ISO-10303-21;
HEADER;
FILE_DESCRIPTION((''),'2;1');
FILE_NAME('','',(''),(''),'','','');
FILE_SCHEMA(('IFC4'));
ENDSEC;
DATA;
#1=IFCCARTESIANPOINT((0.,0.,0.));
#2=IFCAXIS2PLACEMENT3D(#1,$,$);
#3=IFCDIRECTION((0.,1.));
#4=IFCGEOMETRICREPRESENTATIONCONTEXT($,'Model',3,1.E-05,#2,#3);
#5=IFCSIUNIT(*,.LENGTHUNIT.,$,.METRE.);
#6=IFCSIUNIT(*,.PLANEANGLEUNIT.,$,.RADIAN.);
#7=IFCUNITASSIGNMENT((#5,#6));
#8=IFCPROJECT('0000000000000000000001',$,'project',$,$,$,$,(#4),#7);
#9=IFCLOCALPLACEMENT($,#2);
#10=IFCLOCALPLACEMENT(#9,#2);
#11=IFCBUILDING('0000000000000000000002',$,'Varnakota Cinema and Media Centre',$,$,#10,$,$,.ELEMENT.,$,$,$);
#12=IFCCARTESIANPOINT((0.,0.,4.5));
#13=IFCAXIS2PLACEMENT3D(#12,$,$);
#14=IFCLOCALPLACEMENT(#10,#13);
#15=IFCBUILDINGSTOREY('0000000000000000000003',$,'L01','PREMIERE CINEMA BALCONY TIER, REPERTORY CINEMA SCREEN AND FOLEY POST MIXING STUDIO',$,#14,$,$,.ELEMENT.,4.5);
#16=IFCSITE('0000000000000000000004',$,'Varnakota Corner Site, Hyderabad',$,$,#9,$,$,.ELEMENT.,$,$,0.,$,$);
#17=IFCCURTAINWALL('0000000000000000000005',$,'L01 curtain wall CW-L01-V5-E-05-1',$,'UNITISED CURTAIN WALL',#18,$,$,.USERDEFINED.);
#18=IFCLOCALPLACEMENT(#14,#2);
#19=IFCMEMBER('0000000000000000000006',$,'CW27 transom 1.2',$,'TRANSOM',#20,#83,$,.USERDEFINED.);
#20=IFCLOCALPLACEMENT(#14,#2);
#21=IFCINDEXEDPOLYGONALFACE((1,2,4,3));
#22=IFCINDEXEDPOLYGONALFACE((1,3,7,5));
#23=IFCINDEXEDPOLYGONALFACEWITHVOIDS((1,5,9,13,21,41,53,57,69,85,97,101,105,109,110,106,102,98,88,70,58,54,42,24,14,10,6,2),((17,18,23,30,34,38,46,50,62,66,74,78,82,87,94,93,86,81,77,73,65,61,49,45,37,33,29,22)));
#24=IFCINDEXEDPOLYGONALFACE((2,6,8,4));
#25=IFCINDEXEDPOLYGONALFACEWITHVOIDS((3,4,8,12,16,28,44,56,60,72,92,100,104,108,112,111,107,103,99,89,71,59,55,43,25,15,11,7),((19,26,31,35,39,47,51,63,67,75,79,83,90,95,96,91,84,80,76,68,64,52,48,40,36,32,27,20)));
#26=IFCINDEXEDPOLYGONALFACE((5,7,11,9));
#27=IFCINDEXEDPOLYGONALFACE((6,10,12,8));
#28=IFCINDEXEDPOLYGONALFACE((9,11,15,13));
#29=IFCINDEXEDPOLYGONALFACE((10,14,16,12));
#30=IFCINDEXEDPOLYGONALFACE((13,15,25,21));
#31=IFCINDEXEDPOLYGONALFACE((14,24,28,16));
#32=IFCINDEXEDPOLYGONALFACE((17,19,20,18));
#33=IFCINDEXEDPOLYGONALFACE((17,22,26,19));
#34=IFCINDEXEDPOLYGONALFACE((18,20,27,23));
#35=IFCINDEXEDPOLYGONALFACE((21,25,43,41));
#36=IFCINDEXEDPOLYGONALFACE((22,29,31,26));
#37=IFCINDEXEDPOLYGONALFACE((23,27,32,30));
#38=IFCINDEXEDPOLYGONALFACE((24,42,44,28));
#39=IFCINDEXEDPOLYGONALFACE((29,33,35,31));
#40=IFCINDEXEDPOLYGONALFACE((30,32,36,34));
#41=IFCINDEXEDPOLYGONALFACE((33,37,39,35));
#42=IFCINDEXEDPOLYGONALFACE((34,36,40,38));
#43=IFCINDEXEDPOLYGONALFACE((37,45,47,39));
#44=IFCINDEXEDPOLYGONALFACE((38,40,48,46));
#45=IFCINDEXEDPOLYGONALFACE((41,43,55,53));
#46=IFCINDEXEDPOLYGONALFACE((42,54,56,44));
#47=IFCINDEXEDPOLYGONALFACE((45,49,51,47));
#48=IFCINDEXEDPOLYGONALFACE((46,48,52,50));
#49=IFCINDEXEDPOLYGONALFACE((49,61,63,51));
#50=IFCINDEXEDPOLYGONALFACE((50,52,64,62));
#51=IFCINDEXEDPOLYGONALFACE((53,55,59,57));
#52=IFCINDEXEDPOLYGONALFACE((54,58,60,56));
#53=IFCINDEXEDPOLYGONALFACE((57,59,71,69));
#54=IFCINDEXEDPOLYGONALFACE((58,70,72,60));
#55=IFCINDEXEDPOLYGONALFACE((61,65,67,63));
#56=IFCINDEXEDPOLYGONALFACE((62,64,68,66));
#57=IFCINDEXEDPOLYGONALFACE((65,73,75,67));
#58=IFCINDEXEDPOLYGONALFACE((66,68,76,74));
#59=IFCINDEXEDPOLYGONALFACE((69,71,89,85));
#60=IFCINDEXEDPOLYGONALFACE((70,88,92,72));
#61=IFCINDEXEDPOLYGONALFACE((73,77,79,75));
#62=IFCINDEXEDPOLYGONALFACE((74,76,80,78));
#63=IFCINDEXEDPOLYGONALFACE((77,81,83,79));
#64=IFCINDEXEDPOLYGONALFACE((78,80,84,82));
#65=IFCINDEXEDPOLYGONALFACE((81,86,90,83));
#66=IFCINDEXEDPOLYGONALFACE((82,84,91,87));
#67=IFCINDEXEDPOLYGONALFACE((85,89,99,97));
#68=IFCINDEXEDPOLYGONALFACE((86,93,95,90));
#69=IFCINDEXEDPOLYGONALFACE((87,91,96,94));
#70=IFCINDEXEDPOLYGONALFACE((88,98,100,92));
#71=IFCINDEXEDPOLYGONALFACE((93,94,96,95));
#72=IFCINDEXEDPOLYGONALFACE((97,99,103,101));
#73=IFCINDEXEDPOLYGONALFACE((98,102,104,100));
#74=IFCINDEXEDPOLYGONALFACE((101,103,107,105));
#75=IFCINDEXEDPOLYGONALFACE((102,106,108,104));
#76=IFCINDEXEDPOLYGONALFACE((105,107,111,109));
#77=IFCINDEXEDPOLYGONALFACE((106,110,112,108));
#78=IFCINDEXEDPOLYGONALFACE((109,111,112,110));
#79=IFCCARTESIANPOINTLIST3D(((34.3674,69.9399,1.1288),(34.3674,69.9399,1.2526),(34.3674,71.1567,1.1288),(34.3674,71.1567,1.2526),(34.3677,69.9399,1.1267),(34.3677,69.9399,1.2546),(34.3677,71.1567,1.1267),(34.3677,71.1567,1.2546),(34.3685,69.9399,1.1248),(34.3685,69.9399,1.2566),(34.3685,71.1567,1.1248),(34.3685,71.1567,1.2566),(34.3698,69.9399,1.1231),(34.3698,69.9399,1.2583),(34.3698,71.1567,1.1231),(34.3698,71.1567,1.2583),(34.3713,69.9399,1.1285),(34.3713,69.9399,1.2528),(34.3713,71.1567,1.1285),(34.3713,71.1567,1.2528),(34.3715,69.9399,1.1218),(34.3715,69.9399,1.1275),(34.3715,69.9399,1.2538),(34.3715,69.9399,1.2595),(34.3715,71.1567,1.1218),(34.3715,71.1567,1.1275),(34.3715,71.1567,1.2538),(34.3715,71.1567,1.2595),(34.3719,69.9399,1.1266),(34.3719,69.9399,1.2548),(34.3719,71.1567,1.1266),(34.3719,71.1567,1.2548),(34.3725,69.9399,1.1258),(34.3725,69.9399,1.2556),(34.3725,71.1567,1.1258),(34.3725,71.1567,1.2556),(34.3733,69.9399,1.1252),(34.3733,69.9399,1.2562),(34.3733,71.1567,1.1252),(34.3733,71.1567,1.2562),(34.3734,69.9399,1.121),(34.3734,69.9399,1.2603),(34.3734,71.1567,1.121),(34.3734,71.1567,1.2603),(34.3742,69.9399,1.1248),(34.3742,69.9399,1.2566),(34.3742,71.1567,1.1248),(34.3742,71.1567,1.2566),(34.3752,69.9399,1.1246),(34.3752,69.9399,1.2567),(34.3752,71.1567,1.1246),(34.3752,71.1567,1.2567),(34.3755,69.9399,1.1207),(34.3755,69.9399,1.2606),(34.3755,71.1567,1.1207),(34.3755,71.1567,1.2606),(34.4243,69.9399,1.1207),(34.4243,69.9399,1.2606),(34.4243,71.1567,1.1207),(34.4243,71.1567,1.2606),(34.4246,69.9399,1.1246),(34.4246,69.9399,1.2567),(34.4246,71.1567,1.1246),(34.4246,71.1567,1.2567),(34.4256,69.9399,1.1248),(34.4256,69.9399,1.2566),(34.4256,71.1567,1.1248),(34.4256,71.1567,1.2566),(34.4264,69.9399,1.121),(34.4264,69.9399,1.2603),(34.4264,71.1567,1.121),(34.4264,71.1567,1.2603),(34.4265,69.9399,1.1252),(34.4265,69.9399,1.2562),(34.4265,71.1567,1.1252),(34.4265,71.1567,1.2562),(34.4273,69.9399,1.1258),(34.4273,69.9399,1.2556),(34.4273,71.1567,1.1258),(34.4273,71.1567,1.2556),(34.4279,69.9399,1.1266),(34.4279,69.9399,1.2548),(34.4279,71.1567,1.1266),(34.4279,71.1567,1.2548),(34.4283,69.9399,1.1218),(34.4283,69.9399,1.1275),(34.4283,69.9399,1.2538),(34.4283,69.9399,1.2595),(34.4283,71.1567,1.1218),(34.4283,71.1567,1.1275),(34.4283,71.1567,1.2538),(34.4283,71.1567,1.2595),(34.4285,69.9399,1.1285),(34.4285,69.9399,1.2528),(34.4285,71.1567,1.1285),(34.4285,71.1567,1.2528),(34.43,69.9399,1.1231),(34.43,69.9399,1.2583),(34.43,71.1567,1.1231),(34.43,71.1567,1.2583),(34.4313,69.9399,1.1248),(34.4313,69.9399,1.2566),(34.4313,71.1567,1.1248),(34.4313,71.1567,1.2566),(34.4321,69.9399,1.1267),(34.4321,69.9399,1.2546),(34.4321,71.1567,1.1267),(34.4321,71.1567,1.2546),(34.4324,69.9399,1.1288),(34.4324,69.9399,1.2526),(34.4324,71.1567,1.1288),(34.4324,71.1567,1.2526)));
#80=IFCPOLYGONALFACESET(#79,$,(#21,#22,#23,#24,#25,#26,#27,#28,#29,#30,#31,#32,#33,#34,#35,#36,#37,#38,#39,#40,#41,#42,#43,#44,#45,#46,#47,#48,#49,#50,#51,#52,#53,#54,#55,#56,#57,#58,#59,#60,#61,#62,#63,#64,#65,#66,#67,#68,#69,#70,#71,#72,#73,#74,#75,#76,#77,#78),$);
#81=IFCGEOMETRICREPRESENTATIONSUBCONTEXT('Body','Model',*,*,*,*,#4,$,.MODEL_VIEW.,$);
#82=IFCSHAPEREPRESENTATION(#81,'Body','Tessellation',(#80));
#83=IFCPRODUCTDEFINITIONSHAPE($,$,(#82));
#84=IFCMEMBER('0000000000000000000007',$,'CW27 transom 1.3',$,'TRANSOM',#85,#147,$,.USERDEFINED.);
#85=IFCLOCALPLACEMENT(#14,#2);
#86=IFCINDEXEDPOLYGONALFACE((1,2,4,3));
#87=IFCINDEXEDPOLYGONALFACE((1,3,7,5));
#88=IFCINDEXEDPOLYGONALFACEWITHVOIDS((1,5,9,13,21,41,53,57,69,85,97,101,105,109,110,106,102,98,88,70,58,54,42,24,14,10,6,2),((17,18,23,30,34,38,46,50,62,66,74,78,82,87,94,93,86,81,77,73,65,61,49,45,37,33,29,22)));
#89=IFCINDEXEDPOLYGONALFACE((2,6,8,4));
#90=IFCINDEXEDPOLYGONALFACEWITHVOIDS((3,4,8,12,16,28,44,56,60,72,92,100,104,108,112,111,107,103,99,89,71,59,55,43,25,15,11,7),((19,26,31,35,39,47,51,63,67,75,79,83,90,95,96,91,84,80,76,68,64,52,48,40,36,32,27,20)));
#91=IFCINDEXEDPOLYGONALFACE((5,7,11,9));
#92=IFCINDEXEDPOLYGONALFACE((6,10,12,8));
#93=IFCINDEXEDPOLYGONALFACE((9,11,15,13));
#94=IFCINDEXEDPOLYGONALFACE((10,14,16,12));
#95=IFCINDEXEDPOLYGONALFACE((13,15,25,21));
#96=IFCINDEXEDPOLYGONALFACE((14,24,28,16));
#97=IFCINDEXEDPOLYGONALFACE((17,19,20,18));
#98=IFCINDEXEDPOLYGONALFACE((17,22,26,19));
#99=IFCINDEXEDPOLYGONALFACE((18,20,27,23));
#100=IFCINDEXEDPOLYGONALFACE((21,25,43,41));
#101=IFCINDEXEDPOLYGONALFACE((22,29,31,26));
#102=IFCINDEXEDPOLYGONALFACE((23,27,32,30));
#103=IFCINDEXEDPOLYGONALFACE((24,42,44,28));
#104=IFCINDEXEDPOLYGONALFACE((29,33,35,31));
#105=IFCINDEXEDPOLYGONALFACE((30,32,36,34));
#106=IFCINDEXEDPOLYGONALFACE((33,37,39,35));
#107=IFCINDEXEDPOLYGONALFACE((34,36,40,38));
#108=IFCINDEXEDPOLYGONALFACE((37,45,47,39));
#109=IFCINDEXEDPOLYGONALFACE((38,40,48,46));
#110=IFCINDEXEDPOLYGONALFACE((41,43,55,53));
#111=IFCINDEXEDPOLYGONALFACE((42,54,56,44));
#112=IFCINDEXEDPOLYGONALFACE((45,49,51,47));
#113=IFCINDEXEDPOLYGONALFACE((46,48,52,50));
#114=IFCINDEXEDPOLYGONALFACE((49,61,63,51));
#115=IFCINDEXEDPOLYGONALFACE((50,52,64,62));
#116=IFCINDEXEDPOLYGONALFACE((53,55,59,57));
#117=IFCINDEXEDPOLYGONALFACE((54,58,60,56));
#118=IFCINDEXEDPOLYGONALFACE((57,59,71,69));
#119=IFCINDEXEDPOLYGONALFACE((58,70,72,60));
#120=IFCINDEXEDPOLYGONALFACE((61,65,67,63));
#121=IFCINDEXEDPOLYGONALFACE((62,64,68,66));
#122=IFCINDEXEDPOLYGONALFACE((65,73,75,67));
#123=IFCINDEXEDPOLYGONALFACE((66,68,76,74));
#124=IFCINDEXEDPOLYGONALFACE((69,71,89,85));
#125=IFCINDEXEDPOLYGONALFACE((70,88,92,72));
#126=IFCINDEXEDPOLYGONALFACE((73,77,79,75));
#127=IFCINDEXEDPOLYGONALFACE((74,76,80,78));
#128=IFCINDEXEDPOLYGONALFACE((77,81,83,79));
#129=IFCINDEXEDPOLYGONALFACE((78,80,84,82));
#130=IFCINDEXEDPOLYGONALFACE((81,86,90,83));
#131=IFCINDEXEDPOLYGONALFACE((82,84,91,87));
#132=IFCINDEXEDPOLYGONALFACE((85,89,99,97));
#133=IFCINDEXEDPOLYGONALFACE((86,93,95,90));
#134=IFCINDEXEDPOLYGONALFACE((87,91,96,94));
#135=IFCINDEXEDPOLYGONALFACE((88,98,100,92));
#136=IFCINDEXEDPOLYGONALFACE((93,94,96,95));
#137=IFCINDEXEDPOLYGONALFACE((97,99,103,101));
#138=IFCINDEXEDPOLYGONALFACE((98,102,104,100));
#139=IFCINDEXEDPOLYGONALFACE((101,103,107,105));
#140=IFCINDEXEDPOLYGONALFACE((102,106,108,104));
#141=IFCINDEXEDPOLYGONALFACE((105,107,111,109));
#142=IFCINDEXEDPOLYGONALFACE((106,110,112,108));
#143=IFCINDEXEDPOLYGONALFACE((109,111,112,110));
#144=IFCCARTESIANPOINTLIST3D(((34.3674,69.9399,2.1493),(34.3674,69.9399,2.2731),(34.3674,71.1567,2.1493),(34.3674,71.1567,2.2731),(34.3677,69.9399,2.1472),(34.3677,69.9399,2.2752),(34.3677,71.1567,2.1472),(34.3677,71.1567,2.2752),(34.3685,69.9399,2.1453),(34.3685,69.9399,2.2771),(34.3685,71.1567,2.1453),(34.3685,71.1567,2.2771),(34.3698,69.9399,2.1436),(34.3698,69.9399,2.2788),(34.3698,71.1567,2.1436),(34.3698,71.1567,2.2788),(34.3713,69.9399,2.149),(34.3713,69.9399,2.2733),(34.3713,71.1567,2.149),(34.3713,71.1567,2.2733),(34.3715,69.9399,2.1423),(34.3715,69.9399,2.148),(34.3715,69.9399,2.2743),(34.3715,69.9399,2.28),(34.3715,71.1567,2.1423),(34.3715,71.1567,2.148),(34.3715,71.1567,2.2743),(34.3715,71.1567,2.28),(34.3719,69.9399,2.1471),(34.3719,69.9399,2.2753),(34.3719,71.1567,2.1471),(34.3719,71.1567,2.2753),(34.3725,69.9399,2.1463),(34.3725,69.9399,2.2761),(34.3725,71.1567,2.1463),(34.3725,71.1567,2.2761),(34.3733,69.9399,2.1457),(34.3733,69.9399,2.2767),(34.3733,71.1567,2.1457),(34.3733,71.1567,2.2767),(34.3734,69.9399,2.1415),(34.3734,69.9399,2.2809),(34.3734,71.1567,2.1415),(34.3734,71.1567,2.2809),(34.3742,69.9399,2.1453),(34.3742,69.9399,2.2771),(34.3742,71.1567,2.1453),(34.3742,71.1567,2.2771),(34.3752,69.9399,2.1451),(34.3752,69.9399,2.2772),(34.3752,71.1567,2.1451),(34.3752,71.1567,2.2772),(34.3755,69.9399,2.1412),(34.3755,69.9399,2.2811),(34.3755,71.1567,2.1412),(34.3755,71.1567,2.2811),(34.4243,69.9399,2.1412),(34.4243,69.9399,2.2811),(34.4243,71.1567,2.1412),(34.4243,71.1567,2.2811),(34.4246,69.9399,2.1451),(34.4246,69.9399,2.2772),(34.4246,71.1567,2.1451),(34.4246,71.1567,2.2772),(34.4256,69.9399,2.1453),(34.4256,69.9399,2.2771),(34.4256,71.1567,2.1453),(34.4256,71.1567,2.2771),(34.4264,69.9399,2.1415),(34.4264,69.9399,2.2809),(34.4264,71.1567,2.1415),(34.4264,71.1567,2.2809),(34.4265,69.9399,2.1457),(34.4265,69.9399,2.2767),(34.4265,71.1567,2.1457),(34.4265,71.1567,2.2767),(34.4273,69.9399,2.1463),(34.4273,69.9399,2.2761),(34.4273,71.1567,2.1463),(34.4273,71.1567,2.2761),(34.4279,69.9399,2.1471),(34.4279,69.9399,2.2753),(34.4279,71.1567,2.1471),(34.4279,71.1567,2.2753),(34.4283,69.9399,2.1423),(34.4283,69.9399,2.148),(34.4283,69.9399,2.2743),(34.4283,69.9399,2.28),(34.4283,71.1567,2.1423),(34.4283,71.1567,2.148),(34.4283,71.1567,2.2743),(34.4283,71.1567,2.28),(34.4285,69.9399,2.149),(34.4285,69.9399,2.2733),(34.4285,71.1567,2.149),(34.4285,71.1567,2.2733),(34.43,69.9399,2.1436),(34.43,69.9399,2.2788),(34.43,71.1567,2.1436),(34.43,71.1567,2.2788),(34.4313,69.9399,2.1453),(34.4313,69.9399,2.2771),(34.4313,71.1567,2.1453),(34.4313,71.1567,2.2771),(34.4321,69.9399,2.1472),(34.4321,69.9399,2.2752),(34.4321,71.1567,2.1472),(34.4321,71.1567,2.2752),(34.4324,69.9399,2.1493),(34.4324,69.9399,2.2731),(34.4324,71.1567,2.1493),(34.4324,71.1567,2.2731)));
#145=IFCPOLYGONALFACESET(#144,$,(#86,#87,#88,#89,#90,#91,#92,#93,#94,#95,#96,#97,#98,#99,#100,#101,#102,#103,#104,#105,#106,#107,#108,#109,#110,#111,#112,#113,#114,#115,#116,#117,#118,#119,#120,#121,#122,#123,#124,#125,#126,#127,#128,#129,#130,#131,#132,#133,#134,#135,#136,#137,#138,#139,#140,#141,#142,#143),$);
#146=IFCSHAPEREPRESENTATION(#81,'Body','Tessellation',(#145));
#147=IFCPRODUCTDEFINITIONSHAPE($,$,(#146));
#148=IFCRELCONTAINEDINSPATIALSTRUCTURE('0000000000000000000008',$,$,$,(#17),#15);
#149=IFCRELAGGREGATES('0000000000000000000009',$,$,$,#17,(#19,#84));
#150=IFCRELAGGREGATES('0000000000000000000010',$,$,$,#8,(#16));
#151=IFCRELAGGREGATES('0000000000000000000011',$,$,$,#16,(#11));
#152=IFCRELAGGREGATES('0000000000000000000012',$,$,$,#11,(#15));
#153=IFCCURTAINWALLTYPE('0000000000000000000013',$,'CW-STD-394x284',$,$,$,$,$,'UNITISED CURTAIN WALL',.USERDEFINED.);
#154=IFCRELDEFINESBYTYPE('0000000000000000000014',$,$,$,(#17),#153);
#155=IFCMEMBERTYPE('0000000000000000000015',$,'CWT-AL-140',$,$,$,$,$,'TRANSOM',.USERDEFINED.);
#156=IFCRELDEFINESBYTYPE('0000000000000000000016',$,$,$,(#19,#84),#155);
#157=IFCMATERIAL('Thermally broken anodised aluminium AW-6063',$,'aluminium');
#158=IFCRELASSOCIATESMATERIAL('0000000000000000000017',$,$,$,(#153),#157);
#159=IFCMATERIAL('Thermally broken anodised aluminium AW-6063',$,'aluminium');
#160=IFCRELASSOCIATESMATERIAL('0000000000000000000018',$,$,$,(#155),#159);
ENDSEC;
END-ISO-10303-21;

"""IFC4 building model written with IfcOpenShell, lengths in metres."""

from ifc_helpers import new_model, si_unit, direction, frame, origin, origin_2d, place, context, subcontext, project, spatial, hollow_rectangle, extrude, material, material_profile, profile_set, type_object, element, aggregate, save


model = new_model("IFC4")

# Units and contexts
model_context = context("Model", 3, precision=1e-05, world=origin(), true_north=direction((0.0, 1.0)))
body_context = subcontext(model_context, "Body", "Model", "MODEL_VIEW")
ifc_project = project(units=[si_unit("LENGTHUNIT", "METRE"), si_unit("PLANEANGLEUNIT", "RADIAN")], contexts=[model_context])

# Site, building, storey
site_placement = place(None, origin())
site = spatial("IfcSite", under=ifc_project, at=site_placement, Name="Varnakota Corner Site, Hyderabad", CompositionType="ELEMENT", RefElevation=0.0)
building_placement = place(site_placement, origin())
building = spatial("IfcBuilding", under=site, at=building_placement, Name="Varnakota Cinema and Media Centre", CompositionType="ELEMENT")
storey_placement = place(building_placement, frame((0.0, 0.0, 4.5)))
storey = spatial("IfcBuildingStorey", under=building, at=storey_placement, Name="L01", Description="PREMIERE CINEMA BALCONY TIER, REPERTORY CINEMA SCREEN AND FOLEY POST MIXING STUDIO", CompositionType="ELEMENT", Elevation=4.5)

# Curtain wall, members
ifc_material_1 = material(Name="Thermally broken anodised aluminium AW-6063", Category="aluminium")
curtain_wall_type = type_object("IfcCurtainWallType", Name="CW-STD-394x284", ElementType="UNITISED CURTAIN WALL", PredefinedType="USERDEFINED", material=ifc_material_1)
curtain_wall_placement = place(storey_placement, origin())
curtain_wall = element("IfcCurtainWall", 1, at=curtain_wall_placement, inside=storey, type_object=curtain_wall_type, Name="L01 curtain wall CW-L01-V5-E-05-1", ObjectType="UNITISED CURTAIN WALL", PredefinedType="USERDEFINED")
ifc_material_2 = material(Name="Thermally broken anodised aluminium AW-6063", Category="aluminium")
ifc_material_profile_1 = material_profile(ifc_material_2, hollow_rectangle(XDim=0.0649, YDim=0.1399, WallThickness=0.0039, InnerFilletRadius=0.0039, OuterFilletRadius=0.0081, at=origin_2d()), Name="AL-TRANSOM 140x65x4")
ifc_profile_set_1 = profile_set([ifc_material_profile_1], Name="Thermally broken anodised aluminium AW-6063")
member_type_1 = type_object("IfcMemberType", Name="CWT-AL-140", ElementType="TRANSOM", PredefinedType="USERDEFINED", material=ifc_profile_set_1)
member_1_placement = place(storey_placement, frame((34.3999, 69.9399, 1.1907), z_axis=(0.0, 1.0, 0.0), x_axis=(-1.0, 0.0, 0.0)))
member_1 = element("IfcMember", 2, at=member_1_placement, type_object=member_type_1, Name="CW27 transom 1.2", ObjectType="TRANSOM", PredefinedType="USERDEFINED", context=body_context, shape_type="SweptSolid", body=[
    extrude(hollow_rectangle(XDim=0.0649, YDim=0.1399, WallThickness=0.0039, InnerFilletRadius=0.0039, OuterFilletRadius=0.0081, at=origin_2d()), origin(), (0.0, 0.0, 1.0), 1.2168),
])
member_2_placement = place(storey_placement, frame((34.3999, 69.9399, 2.2112), z_axis=(0.0, 1.0, 0.0), x_axis=(-1.0, 0.0, 0.0)))
member_2 = element("IfcMember", 3, at=member_2_placement, type_object=member_type_1, Name="CW27 transom 1.3", ObjectType="TRANSOM", PredefinedType="USERDEFINED", context=body_context, shape_type="SweptSolid", body=[
    extrude(hollow_rectangle(XDim=0.0649, YDim=0.1399, WallThickness=0.0039, InnerFilletRadius=0.0039, OuterFilletRadius=0.0081, at=origin_2d()), origin(), (0.0, 0.0, 1.0), 1.2168),
])
aggregate(curtain_wall, [member_1, member_2])

save(model, "model.ifc")
